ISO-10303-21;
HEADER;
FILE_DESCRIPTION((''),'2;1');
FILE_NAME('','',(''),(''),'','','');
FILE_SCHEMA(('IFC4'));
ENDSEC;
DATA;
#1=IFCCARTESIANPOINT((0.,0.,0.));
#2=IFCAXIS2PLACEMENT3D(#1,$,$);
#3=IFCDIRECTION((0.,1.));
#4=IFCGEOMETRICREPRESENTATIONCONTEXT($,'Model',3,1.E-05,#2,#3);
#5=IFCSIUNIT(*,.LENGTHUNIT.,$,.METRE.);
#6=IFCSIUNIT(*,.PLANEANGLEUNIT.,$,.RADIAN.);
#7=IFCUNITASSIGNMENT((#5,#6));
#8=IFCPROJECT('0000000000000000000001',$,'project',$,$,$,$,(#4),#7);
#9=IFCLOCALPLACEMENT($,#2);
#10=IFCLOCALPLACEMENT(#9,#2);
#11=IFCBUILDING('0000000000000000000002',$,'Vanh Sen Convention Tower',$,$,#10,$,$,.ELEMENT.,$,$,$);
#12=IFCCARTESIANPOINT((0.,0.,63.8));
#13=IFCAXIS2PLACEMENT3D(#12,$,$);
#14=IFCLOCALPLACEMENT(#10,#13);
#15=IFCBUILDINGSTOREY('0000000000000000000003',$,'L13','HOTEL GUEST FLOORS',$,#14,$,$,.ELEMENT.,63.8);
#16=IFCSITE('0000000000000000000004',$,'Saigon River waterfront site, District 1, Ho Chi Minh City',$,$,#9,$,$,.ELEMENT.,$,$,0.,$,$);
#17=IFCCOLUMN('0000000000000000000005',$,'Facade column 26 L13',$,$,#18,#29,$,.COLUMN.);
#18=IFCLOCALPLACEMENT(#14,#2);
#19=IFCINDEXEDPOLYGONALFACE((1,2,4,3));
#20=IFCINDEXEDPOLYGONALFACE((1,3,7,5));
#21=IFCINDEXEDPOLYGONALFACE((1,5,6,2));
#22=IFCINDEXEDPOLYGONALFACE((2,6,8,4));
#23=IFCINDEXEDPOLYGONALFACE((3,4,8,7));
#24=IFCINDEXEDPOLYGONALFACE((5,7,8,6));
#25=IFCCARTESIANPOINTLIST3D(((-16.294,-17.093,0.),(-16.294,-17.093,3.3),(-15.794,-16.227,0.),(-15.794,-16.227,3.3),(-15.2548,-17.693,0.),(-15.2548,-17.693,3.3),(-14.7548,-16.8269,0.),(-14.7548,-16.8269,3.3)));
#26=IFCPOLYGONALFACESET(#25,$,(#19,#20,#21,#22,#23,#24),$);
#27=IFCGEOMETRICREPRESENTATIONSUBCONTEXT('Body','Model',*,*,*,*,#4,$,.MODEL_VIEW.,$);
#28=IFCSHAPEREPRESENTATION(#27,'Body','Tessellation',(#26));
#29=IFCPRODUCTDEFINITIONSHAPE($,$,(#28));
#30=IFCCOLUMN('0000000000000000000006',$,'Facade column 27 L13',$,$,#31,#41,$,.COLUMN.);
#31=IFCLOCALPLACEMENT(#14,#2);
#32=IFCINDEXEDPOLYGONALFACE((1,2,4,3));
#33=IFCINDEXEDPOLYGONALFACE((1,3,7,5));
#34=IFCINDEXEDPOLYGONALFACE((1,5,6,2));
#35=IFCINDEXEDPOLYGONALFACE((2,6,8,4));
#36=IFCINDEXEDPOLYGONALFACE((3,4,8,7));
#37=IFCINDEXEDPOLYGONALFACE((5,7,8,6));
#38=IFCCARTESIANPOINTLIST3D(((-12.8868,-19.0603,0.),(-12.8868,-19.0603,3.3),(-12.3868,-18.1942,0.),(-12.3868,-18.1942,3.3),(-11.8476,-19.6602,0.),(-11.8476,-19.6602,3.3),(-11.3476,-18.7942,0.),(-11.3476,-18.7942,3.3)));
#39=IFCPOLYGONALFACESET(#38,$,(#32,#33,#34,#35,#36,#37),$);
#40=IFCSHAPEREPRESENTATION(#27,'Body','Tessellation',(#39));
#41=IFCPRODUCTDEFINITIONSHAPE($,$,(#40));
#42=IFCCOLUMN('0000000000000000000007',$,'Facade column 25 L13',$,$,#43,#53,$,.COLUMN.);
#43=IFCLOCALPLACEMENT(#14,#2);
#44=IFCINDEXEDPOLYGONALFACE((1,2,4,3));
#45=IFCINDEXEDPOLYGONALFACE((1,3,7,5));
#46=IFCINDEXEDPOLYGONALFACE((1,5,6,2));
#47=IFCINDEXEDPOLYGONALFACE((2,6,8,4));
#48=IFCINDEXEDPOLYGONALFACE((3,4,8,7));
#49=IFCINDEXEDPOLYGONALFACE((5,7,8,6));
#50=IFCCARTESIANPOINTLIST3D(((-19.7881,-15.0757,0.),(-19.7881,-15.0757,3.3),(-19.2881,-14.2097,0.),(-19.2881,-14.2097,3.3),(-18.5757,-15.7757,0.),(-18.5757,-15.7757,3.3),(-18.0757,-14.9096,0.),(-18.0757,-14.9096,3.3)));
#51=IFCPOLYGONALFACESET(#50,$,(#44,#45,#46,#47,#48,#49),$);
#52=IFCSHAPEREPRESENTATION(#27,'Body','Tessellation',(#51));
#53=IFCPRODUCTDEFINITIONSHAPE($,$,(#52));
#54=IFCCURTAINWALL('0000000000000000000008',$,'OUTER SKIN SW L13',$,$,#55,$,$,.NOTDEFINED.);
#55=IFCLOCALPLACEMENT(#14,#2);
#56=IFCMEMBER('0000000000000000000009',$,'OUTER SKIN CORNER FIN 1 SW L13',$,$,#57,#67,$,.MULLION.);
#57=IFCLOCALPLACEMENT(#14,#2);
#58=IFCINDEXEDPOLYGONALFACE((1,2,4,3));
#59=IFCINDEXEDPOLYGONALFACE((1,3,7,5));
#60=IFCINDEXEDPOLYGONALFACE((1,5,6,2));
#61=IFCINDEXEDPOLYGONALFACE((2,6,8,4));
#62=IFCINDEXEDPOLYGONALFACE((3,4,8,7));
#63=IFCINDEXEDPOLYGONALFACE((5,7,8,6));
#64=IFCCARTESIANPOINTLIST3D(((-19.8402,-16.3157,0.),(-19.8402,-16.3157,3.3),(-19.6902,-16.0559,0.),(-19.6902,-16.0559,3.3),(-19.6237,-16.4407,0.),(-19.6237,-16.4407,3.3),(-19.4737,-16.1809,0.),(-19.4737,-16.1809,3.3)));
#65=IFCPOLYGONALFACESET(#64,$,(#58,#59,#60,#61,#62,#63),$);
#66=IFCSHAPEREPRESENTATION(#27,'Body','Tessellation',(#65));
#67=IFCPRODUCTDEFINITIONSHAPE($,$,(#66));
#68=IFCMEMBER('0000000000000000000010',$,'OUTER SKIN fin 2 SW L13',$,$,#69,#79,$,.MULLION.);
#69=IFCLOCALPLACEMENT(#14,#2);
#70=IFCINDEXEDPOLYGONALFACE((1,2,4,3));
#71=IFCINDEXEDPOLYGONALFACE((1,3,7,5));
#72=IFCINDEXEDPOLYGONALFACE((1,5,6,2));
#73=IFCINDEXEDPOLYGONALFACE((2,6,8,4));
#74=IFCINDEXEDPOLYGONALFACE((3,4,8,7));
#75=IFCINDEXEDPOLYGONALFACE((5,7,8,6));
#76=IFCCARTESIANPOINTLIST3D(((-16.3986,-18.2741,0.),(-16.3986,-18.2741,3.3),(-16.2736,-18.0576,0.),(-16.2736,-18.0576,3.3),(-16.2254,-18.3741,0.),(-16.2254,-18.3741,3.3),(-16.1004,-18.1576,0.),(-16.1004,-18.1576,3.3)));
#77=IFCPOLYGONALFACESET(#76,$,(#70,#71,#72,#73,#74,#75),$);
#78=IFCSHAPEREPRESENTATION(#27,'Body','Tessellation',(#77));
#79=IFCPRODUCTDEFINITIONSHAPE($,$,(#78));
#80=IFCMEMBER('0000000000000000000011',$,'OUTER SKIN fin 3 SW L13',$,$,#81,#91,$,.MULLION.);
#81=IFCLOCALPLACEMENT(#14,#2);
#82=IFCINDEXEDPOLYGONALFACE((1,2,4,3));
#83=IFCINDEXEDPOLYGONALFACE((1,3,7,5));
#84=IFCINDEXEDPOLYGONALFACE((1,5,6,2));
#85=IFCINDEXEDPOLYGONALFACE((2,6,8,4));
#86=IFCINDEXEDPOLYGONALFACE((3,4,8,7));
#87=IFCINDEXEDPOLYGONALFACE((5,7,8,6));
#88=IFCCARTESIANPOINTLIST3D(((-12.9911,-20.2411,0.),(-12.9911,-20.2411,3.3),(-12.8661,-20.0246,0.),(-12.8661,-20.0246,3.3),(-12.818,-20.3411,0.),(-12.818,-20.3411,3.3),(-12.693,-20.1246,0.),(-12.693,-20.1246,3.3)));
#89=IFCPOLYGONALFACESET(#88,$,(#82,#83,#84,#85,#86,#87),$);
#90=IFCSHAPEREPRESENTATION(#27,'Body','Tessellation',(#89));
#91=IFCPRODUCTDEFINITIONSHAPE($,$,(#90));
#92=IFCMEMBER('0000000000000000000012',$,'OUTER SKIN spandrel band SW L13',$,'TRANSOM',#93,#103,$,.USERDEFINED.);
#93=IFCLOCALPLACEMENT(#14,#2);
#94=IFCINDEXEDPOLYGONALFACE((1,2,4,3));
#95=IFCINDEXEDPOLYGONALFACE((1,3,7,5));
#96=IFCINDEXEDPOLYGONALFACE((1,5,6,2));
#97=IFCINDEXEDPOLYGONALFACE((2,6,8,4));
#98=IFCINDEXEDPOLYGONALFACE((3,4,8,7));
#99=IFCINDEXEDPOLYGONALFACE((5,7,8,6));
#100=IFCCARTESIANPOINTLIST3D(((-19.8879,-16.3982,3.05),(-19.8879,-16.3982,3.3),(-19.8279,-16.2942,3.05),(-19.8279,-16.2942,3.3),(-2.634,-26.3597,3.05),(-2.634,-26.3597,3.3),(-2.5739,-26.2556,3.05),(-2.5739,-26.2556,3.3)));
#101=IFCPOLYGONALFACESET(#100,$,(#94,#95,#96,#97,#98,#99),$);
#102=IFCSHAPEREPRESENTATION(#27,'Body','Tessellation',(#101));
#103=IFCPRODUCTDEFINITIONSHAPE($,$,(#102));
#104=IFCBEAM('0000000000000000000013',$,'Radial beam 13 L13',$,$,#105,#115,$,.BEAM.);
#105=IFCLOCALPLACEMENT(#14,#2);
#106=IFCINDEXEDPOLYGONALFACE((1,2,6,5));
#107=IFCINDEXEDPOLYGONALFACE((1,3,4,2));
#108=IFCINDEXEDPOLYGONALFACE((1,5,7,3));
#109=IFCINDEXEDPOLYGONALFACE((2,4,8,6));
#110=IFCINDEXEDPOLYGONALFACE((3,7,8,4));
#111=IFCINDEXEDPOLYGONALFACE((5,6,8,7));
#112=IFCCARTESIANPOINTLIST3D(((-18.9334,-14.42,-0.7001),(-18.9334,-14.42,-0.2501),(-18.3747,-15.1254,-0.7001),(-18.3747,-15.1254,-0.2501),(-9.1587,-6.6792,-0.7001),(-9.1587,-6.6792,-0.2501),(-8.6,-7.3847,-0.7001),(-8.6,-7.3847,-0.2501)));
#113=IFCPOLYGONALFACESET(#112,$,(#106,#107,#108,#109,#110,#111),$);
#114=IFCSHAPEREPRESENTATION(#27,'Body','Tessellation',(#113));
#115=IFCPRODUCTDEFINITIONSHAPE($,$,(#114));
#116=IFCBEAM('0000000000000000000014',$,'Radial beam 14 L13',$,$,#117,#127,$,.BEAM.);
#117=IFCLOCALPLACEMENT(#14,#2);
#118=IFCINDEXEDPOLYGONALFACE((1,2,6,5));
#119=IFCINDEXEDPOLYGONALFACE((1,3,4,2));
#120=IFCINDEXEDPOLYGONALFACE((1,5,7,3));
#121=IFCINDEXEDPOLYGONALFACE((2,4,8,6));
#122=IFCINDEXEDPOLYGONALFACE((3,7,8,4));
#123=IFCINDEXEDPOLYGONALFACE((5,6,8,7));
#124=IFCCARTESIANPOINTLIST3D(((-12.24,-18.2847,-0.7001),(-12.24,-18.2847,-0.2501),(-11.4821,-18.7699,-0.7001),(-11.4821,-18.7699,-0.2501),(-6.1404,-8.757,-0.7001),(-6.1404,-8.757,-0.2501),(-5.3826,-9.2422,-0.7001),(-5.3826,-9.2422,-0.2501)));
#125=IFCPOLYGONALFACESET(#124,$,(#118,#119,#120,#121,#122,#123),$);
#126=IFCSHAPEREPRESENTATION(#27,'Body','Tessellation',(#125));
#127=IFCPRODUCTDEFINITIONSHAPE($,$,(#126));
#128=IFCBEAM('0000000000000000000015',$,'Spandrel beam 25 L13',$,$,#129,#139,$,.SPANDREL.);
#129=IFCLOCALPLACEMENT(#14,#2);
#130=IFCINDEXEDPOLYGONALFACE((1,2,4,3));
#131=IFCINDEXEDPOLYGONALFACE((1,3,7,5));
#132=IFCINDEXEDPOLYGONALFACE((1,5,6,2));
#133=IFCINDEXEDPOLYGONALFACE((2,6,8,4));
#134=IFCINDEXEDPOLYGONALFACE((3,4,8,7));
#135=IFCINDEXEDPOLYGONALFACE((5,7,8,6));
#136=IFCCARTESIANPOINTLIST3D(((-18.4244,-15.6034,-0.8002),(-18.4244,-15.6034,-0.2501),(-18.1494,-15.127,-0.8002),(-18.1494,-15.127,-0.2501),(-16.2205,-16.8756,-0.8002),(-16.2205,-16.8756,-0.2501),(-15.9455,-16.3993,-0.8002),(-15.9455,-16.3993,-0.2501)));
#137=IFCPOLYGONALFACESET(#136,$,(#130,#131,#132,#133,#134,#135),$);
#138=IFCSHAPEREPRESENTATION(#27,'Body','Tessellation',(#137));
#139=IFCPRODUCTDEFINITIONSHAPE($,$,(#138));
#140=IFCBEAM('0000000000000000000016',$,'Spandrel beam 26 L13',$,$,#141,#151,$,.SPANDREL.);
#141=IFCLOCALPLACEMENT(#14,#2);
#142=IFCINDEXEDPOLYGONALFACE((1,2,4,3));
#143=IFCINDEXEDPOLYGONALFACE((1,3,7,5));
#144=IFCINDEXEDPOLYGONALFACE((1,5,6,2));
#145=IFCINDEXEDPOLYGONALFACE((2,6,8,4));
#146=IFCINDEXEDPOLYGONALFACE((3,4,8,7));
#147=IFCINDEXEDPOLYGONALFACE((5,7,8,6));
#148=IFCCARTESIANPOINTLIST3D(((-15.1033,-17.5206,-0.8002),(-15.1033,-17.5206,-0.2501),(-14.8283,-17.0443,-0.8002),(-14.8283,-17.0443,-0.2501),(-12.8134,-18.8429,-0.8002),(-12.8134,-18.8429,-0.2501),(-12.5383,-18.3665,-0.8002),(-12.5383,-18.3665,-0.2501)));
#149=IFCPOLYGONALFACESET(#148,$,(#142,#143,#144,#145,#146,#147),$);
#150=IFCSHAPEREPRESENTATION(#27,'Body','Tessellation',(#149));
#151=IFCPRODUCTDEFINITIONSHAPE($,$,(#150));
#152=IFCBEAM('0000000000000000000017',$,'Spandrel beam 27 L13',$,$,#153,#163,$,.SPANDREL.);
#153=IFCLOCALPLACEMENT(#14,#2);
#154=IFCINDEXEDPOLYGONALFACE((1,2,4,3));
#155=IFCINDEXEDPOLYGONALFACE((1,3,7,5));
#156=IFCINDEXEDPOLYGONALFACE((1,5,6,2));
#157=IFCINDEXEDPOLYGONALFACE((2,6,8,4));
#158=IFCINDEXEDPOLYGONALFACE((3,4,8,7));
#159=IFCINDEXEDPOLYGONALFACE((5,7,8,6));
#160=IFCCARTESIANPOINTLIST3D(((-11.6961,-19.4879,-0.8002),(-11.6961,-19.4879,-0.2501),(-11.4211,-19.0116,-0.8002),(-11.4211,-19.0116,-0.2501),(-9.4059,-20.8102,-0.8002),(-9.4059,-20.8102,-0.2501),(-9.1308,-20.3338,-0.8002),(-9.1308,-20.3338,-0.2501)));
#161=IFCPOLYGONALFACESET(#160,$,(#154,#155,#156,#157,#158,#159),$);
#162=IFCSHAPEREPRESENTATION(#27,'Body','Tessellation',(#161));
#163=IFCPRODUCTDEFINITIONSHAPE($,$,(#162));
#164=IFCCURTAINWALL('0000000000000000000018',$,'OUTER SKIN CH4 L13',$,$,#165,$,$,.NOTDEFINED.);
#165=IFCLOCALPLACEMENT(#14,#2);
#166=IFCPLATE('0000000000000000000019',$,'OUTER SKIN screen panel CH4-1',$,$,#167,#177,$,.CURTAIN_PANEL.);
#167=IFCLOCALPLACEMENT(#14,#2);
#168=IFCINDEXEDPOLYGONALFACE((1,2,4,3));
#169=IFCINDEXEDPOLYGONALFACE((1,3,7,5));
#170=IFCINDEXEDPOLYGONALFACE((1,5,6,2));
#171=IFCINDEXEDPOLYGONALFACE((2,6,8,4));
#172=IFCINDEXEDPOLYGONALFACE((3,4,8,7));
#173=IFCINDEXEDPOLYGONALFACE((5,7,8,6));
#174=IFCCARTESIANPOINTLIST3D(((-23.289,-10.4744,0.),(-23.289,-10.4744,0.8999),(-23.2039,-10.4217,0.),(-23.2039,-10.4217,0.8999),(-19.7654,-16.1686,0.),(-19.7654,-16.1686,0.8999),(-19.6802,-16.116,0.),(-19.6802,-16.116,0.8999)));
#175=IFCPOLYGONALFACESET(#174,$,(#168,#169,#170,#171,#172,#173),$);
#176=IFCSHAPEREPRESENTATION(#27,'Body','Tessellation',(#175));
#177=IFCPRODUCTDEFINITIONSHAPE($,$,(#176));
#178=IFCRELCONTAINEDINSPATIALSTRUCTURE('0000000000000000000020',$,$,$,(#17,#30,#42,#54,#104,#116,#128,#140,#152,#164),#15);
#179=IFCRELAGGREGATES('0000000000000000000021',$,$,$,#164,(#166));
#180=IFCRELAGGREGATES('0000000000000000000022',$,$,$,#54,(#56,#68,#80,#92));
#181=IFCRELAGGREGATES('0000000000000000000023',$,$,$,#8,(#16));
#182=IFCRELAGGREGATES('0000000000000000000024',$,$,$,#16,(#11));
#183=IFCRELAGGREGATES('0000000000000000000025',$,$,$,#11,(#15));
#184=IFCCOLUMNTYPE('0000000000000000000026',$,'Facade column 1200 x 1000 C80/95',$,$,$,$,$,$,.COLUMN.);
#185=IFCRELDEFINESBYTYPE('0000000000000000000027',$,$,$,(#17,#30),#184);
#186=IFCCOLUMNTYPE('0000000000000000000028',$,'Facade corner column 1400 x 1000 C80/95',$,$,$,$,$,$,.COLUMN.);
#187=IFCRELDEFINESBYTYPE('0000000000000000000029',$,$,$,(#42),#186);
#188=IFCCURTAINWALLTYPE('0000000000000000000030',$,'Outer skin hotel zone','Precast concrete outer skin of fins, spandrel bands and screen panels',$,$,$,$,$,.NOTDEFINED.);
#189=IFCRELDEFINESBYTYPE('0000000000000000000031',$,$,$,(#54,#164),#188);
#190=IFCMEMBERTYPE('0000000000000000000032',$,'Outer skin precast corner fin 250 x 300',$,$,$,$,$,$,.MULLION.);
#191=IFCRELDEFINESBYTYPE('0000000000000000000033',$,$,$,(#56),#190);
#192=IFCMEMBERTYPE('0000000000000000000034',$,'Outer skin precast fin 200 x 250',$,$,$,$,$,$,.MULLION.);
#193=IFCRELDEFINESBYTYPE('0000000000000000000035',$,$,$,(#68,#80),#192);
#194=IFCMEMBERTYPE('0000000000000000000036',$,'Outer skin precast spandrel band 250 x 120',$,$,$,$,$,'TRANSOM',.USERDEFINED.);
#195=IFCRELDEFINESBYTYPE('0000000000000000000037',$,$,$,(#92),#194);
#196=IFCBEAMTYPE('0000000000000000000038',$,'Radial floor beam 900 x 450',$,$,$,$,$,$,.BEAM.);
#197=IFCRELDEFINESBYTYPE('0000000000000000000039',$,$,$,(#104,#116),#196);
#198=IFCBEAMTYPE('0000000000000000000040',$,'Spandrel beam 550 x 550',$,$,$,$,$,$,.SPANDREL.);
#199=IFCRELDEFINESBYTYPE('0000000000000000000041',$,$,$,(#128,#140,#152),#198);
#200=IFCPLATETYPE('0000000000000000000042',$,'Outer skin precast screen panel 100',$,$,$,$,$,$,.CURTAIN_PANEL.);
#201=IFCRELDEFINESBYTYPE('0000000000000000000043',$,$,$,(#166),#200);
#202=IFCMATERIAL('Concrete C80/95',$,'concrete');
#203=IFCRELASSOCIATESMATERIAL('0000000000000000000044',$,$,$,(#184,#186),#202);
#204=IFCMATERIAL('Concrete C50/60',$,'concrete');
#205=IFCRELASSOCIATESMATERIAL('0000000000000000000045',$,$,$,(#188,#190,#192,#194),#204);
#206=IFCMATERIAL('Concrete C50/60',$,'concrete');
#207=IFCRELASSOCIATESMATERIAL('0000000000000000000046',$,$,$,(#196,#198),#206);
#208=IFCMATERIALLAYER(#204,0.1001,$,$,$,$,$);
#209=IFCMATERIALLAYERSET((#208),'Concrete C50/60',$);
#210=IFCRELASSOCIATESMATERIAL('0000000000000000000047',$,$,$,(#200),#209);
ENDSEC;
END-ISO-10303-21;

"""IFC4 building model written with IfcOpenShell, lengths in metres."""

from ifc_helpers import new_model, si_unit, direction, frame, origin, origin_2d, place, context, subcontext, project, spatial, rectangle, extrude, material, layer, layer_set, material_profile, profile_set, type_object, element, aggregate, save


model = new_model("IFC4")

# Units and contexts
model_context = context("Model", 3, precision=1e-05, world=origin(), true_north=direction((0.0, 1.0)))
body_context = subcontext(model_context, "Body", "Model", "MODEL_VIEW")
ifc_project = project(units=[si_unit("LENGTHUNIT", "METRE"), si_unit("PLANEANGLEUNIT", "RADIAN")], contexts=[model_context])

# Site, building, storey
site_placement = place(None, origin())
site = spatial("IfcSite", under=ifc_project, at=site_placement, Name="Saigon River waterfront site, District 1, Ho Chi Minh City", CompositionType="ELEMENT", RefElevation=0.0)
building_placement = place(site_placement, origin())
building = spatial("IfcBuilding", under=site, at=building_placement, Name="Vanh Sen Convention Tower", CompositionType="ELEMENT")
storey_placement = place(building_placement, frame((0.0, 0.0, 63.8)))
storey = spatial("IfcBuildingStorey", under=building, at=storey_placement, Name="L13", Description="HOTEL GUEST FLOORS", CompositionType="ELEMENT", Elevation=63.8)

# Columns
ifc_material_1 = material(Name="Concrete C80/95", Category="concrete")
ifc_material_profile_1 = material_profile(ifc_material_1, rectangle(XDim=1.2, YDim=1.0, at=origin_2d()), Name="RC 1200X1000")
ifc_profile_set_1 = profile_set([ifc_material_profile_1], Name="Concrete C80/95")
column_type_1 = type_object("IfcColumnType", Name="Facade column 1200 x 1000 C80/95", PredefinedType="COLUMN", material=ifc_profile_set_1)
for number, where, z_axis, x_axis, name in (
    (1, (-15.5244, -16.96, 0.0), (0.0, 0.0, 1.0), (0.866025, -0.5, 0.0), "Facade column 26 L13"),
    (2, (-12.1172, -18.9272, 0.0), (0.0, 0.0, 1.0), (0.866025, -0.5, 0.0), "Facade column 27 L13"),
):
    element("IfcColumn", number, at=place(storey_placement, frame(where, z_axis=z_axis, x_axis=x_axis)), inside=storey, type_object=column_type_1, Name=name, PredefinedType="COLUMN", context=body_context, shape_type="SweptSolid", body=[
        extrude(rectangle(XDim=1.2, YDim=1.0, at=origin_2d()), origin(), (0.0, 0.0, 1.0), 3.3),
    ])
ifc_material_profile_2 = material_profile(ifc_material_1, rectangle(XDim=1.3999, YDim=1.0, at=origin_2d()), Name="RC 1400X1000")
ifc_profile_set_2 = profile_set([ifc_material_profile_2], Name="Concrete C80/95")
column_type_2 = type_object("IfcColumnType", Name="Facade corner column 1400 x 1000 C80/95", PredefinedType="COLUMN", material=ifc_profile_set_2)
column_placement = place(storey_placement, frame((-18.9319, -14.9927, 0.0), z_axis=(0.0, 0.0, 1.0), x_axis=(0.866025, -0.5, 0.0)))
element("IfcColumn", 3, at=column_placement, inside=storey, type_object=column_type_2, Name="Facade column 25 L13", PredefinedType="COLUMN", context=body_context, shape_type="SweptSolid", body=[
    extrude(rectangle(XDim=1.3999, YDim=1.0, at=origin_2d()), origin(), (0.0, 0.0, 1.0), 3.3),
])

# Curtain wall, members
ifc_material_2 = material(Name="Concrete C50/60", Category="concrete")
curtain_wall_type = type_object("IfcCurtainWallType", Name="Outer skin hotel zone", Description="Precast concrete outer skin of fins, spandrel bands and screen panels", PredefinedType="NOTDEFINED", material=ifc_material_2)
curtain_wall_1_placement = place(storey_placement, origin())
curtain_wall_1 = element("IfcCurtainWall", 4, at=curtain_wall_1_placement, inside=storey, type_object=curtain_wall_type, Name="OUTER SKIN SW L13", PredefinedType="NOTDEFINED")
ifc_material_profile_3 = material_profile(ifc_material_2, rectangle(XDim=0.25, YDim=0.3, at=origin_2d()), Name="Outer skin precast corner fin 250 x 300")
ifc_profile_set_3 = profile_set([ifc_material_profile_3], Name="Concrete C50/60")
member_type_1 = type_object("IfcMemberType", Name="Outer skin precast corner fin 250 x 300", PredefinedType="MULLION", material=ifc_profile_set_3)
member_1_placement = place(storey_placement, frame((-19.657, -16.2483, 0.0), z_axis=(0.0, 0.0, 1.0), x_axis=(0.866025, -0.5, 0.0)))
member_1 = element("IfcMember", 5, at=member_1_placement, type_object=member_type_1, Name="OUTER SKIN CORNER FIN 1 SW L13", PredefinedType="MULLION", context=body_context, shape_type="SweptSolid", body=[
    extrude(rectangle(XDim=0.25, YDim=0.3, at=origin_2d()), origin(), (0.0, 0.0, 1.0), 3.3),
])
ifc_material_profile_4 = material_profile(ifc_material_2, rectangle(XDim=0.2, YDim=0.25, at=origin_2d()), Name="Outer skin precast fin 200 x 250")
ifc_profile_set_4 = profile_set([ifc_material_profile_4], Name="Concrete C50/60")
member_type_2 = type_object("IfcMemberType", Name="Outer skin precast fin 200 x 250", PredefinedType="MULLION", material=ifc_profile_set_4)
member_2_placement = place(storey_placement, frame((-16.2495, -18.2158, 0.0), z_axis=(0.0, 0.0, 1.0), x_axis=(0.866025, -0.5, 0.0)))
member_2 = element("IfcMember", 6, at=member_2_placement, type_object=member_type_2, Name="OUTER SKIN fin 2 SW L13", PredefinedType="MULLION", context=body_context, shape_type="SweptSolid", body=[
    extrude(rectangle(XDim=0.2, YDim=0.25, at=origin_2d()), origin(), (0.0, 0.0, 1.0), 3.3),
])
member_3_placement = place(storey_placement, frame((-12.842, -20.1829, 0.0), z_axis=(0.0, 0.0, 1.0), x_axis=(0.866025, -0.5, 0.0)))
member_3 = element("IfcMember", 7, at=member_3_placement, type_object=member_type_2, Name="OUTER SKIN fin 3 SW L13", PredefinedType="MULLION", context=body_context, shape_type="SweptSolid", body=[
    extrude(rectangle(XDim=0.2, YDim=0.25, at=origin_2d()), origin(), (0.0, 0.0, 1.0), 3.3),
])
ifc_material_profile_5 = material_profile(ifc_material_2, rectangle(XDim=0.1201, YDim=0.25, at=origin_2d()), Name="Outer skin precast spandrel band 250 x 120")
ifc_profile_set_5 = profile_set([ifc_material_profile_5], Name="Concrete C50/60")
member_type_3 = type_object("IfcMemberType", Name="Outer skin precast spandrel band 250 x 120", ElementType="TRANSOM", PredefinedType="USERDEFINED", material=ifc_profile_set_5)
member_4_placement = place(storey_placement, frame((-19.8579, -16.3462, 3.175), z_axis=(0.866028, -0.499995, 0.0), x_axis=(0.499995, 0.866028, 0.0)))
member_4 = element("IfcMember", 8, at=member_4_placement, type_object=member_type_3, Name="OUTER SKIN spandrel band SW L13", ObjectType="TRANSOM", PredefinedType="USERDEFINED", context=body_context, shape_type="SweptSolid", body=[
    extrude(rectangle(XDim=0.1201, YDim=0.25, at=origin_2d()), origin(), (0.0, 0.0, 1.0), 19.9231),
])

# Beams
ifc_material_3 = material(Name="Concrete C50/60", Category="concrete")
ifc_material_profile_6 = material_profile(ifc_material_3, rectangle(XDim=0.8999, YDim=0.45, at=origin_2d()), Name="RC 900X450")
ifc_profile_set_6 = profile_set([ifc_material_profile_6], Name="Concrete C50/60")
beam_type_1 = type_object("IfcBeamType", Name="Radial floor beam 900 x 450", PredefinedType="BEAM", material=ifc_profile_set_6)
beam_1_placement = place(storey_placement, frame((-18.6541, -14.7727, -0.4751), z_axis=(0.78395, 0.620824, 0.0), x_axis=(-0.620824, 0.78395, 0.0)))
element("IfcBeam", 9, at=beam_1_placement, inside=storey, type_object=beam_type_1, Name="Radial beam 13 L13", PredefinedType="BEAM", context=body_context, shape_type="SweptSolid", body=[
    extrude(rectangle(XDim=0.8999, YDim=0.45, at=origin_2d()), origin(), (0.0, 0.0, 1.0), 12.4685),
])
beam_2_placement = place(storey_placement, frame((-11.8611, -18.5273, -0.4751), z_axis=(0.539166, 0.842199, 0.0), x_axis=(-0.842199, 0.539166, 0.0)))
element("IfcBeam", 10, at=beam_2_placement, inside=storey, type_object=beam_type_1, Name="Radial beam 14 L13", PredefinedType="BEAM", context=body_context, shape_type="SweptSolid", body=[
    extrude(rectangle(XDim=0.8999, YDim=0.45, at=origin_2d()), origin(), (0.0, 0.0, 1.0), 11.313),
])
ifc_material_profile_7 = material_profile(ifc_material_3, rectangle(XDim=0.55, YDim=0.55, at=origin_2d()), Name="RC 550X550")
ifc_profile_set_7 = profile_set([ifc_material_profile_7], Name="Concrete C50/60")
beam_type_2 = type_object("IfcBeamType", Name="Spandrel beam 550 x 550", PredefinedType="SPANDREL", material=ifc_profile_set_7)
beam_3_placement = place(storey_placement, frame((-18.2869, -15.3652, -0.5251), z_axis=(0.866056, -0.499947, 0.0), x_axis=(0.499947, 0.866056, 0.0)))
element("IfcBeam", 11, at=beam_3_placement, inside=storey, type_object=beam_type_2, Name="Spandrel beam 25 L13", PredefinedType="SPANDREL", context=body_context, shape_type="SweptSolid", body=[
    extrude(rectangle(XDim=0.55, YDim=0.55, at=origin_2d()), origin(), (0.0, 0.0, 1.0), 2.5447),
])
beam_4_placement = place(storey_placement, frame((-14.9658, -17.2825, -0.5251), z_axis=(0.866007, -0.500031, 0.0), x_axis=(0.500031, 0.866007, 0.0)))
element("IfcBeam", 12, at=beam_4_placement, inside=storey, type_object=beam_type_2, Name="Spandrel beam 26 L13", PredefinedType="SPANDREL", context=body_context, shape_type="SweptSolid", body=[
    extrude(rectangle(XDim=0.55, YDim=0.55, at=origin_2d()), origin(), (0.0, 0.0, 1.0), 2.6443),
])
beam_5_placement = place(storey_placement, frame((-11.5586, -19.2498, -0.5251), z_axis=(0.86603, -0.499991, 0.0), x_axis=(0.499991, 0.86603, 0.0)))
element("IfcBeam", 13, at=beam_5_placement, inside=storey, type_object=beam_type_2, Name="Spandrel beam 27 L13", PredefinedType="SPANDREL", context=body_context, shape_type="SweptSolid", body=[
    extrude(rectangle(XDim=0.55, YDim=0.55, at=origin_2d()), origin(), (0.0, 0.0, 1.0), 2.6445),
])

# Curtain wall, plate
curtain_wall_2_placement = place(storey_placement, origin())
curtain_wall_2 = element("IfcCurtainWall", 14, at=curtain_wall_2_placement, inside=storey, type_object=curtain_wall_type, Name="OUTER SKIN CH4 L13", PredefinedType="NOTDEFINED")
ifc_layer_1 = layer(ifc_material_2, 0.1001)
ifc_layer_set_1 = layer_set([ifc_layer_1], Name="Concrete C50/60")
plate_type = type_object("IfcPlateType", Name="Outer skin precast screen panel 100", PredefinedType="CURTAIN_PANEL", material=ifc_layer_set_1)
plate_1_placement = place(storey_placement, frame((-21.4846, -13.2952, 0.0), z_axis=(0.0, 0.0, 1.0), x_axis=(0.526205, -0.850358, 0.0)))
plate_1 = element("IfcPlate", 15, at=plate_1_placement, type_object=plate_type, Name="OUTER SKIN screen panel CH4-1", PredefinedType="CURTAIN_PANEL", context=body_context, shape_type="SweptSolid", body=[
    extrude(rectangle(XDim=6.6963, YDim=0.1001, at=origin_2d()), origin(), (0.0, 0.0, 1.0), 0.8999),
])
aggregate(curtain_wall_2, [plate_1])

aggregate(curtain_wall_1, [member_1, member_2, member_3, member_4])

save(model, "model.ifc")
